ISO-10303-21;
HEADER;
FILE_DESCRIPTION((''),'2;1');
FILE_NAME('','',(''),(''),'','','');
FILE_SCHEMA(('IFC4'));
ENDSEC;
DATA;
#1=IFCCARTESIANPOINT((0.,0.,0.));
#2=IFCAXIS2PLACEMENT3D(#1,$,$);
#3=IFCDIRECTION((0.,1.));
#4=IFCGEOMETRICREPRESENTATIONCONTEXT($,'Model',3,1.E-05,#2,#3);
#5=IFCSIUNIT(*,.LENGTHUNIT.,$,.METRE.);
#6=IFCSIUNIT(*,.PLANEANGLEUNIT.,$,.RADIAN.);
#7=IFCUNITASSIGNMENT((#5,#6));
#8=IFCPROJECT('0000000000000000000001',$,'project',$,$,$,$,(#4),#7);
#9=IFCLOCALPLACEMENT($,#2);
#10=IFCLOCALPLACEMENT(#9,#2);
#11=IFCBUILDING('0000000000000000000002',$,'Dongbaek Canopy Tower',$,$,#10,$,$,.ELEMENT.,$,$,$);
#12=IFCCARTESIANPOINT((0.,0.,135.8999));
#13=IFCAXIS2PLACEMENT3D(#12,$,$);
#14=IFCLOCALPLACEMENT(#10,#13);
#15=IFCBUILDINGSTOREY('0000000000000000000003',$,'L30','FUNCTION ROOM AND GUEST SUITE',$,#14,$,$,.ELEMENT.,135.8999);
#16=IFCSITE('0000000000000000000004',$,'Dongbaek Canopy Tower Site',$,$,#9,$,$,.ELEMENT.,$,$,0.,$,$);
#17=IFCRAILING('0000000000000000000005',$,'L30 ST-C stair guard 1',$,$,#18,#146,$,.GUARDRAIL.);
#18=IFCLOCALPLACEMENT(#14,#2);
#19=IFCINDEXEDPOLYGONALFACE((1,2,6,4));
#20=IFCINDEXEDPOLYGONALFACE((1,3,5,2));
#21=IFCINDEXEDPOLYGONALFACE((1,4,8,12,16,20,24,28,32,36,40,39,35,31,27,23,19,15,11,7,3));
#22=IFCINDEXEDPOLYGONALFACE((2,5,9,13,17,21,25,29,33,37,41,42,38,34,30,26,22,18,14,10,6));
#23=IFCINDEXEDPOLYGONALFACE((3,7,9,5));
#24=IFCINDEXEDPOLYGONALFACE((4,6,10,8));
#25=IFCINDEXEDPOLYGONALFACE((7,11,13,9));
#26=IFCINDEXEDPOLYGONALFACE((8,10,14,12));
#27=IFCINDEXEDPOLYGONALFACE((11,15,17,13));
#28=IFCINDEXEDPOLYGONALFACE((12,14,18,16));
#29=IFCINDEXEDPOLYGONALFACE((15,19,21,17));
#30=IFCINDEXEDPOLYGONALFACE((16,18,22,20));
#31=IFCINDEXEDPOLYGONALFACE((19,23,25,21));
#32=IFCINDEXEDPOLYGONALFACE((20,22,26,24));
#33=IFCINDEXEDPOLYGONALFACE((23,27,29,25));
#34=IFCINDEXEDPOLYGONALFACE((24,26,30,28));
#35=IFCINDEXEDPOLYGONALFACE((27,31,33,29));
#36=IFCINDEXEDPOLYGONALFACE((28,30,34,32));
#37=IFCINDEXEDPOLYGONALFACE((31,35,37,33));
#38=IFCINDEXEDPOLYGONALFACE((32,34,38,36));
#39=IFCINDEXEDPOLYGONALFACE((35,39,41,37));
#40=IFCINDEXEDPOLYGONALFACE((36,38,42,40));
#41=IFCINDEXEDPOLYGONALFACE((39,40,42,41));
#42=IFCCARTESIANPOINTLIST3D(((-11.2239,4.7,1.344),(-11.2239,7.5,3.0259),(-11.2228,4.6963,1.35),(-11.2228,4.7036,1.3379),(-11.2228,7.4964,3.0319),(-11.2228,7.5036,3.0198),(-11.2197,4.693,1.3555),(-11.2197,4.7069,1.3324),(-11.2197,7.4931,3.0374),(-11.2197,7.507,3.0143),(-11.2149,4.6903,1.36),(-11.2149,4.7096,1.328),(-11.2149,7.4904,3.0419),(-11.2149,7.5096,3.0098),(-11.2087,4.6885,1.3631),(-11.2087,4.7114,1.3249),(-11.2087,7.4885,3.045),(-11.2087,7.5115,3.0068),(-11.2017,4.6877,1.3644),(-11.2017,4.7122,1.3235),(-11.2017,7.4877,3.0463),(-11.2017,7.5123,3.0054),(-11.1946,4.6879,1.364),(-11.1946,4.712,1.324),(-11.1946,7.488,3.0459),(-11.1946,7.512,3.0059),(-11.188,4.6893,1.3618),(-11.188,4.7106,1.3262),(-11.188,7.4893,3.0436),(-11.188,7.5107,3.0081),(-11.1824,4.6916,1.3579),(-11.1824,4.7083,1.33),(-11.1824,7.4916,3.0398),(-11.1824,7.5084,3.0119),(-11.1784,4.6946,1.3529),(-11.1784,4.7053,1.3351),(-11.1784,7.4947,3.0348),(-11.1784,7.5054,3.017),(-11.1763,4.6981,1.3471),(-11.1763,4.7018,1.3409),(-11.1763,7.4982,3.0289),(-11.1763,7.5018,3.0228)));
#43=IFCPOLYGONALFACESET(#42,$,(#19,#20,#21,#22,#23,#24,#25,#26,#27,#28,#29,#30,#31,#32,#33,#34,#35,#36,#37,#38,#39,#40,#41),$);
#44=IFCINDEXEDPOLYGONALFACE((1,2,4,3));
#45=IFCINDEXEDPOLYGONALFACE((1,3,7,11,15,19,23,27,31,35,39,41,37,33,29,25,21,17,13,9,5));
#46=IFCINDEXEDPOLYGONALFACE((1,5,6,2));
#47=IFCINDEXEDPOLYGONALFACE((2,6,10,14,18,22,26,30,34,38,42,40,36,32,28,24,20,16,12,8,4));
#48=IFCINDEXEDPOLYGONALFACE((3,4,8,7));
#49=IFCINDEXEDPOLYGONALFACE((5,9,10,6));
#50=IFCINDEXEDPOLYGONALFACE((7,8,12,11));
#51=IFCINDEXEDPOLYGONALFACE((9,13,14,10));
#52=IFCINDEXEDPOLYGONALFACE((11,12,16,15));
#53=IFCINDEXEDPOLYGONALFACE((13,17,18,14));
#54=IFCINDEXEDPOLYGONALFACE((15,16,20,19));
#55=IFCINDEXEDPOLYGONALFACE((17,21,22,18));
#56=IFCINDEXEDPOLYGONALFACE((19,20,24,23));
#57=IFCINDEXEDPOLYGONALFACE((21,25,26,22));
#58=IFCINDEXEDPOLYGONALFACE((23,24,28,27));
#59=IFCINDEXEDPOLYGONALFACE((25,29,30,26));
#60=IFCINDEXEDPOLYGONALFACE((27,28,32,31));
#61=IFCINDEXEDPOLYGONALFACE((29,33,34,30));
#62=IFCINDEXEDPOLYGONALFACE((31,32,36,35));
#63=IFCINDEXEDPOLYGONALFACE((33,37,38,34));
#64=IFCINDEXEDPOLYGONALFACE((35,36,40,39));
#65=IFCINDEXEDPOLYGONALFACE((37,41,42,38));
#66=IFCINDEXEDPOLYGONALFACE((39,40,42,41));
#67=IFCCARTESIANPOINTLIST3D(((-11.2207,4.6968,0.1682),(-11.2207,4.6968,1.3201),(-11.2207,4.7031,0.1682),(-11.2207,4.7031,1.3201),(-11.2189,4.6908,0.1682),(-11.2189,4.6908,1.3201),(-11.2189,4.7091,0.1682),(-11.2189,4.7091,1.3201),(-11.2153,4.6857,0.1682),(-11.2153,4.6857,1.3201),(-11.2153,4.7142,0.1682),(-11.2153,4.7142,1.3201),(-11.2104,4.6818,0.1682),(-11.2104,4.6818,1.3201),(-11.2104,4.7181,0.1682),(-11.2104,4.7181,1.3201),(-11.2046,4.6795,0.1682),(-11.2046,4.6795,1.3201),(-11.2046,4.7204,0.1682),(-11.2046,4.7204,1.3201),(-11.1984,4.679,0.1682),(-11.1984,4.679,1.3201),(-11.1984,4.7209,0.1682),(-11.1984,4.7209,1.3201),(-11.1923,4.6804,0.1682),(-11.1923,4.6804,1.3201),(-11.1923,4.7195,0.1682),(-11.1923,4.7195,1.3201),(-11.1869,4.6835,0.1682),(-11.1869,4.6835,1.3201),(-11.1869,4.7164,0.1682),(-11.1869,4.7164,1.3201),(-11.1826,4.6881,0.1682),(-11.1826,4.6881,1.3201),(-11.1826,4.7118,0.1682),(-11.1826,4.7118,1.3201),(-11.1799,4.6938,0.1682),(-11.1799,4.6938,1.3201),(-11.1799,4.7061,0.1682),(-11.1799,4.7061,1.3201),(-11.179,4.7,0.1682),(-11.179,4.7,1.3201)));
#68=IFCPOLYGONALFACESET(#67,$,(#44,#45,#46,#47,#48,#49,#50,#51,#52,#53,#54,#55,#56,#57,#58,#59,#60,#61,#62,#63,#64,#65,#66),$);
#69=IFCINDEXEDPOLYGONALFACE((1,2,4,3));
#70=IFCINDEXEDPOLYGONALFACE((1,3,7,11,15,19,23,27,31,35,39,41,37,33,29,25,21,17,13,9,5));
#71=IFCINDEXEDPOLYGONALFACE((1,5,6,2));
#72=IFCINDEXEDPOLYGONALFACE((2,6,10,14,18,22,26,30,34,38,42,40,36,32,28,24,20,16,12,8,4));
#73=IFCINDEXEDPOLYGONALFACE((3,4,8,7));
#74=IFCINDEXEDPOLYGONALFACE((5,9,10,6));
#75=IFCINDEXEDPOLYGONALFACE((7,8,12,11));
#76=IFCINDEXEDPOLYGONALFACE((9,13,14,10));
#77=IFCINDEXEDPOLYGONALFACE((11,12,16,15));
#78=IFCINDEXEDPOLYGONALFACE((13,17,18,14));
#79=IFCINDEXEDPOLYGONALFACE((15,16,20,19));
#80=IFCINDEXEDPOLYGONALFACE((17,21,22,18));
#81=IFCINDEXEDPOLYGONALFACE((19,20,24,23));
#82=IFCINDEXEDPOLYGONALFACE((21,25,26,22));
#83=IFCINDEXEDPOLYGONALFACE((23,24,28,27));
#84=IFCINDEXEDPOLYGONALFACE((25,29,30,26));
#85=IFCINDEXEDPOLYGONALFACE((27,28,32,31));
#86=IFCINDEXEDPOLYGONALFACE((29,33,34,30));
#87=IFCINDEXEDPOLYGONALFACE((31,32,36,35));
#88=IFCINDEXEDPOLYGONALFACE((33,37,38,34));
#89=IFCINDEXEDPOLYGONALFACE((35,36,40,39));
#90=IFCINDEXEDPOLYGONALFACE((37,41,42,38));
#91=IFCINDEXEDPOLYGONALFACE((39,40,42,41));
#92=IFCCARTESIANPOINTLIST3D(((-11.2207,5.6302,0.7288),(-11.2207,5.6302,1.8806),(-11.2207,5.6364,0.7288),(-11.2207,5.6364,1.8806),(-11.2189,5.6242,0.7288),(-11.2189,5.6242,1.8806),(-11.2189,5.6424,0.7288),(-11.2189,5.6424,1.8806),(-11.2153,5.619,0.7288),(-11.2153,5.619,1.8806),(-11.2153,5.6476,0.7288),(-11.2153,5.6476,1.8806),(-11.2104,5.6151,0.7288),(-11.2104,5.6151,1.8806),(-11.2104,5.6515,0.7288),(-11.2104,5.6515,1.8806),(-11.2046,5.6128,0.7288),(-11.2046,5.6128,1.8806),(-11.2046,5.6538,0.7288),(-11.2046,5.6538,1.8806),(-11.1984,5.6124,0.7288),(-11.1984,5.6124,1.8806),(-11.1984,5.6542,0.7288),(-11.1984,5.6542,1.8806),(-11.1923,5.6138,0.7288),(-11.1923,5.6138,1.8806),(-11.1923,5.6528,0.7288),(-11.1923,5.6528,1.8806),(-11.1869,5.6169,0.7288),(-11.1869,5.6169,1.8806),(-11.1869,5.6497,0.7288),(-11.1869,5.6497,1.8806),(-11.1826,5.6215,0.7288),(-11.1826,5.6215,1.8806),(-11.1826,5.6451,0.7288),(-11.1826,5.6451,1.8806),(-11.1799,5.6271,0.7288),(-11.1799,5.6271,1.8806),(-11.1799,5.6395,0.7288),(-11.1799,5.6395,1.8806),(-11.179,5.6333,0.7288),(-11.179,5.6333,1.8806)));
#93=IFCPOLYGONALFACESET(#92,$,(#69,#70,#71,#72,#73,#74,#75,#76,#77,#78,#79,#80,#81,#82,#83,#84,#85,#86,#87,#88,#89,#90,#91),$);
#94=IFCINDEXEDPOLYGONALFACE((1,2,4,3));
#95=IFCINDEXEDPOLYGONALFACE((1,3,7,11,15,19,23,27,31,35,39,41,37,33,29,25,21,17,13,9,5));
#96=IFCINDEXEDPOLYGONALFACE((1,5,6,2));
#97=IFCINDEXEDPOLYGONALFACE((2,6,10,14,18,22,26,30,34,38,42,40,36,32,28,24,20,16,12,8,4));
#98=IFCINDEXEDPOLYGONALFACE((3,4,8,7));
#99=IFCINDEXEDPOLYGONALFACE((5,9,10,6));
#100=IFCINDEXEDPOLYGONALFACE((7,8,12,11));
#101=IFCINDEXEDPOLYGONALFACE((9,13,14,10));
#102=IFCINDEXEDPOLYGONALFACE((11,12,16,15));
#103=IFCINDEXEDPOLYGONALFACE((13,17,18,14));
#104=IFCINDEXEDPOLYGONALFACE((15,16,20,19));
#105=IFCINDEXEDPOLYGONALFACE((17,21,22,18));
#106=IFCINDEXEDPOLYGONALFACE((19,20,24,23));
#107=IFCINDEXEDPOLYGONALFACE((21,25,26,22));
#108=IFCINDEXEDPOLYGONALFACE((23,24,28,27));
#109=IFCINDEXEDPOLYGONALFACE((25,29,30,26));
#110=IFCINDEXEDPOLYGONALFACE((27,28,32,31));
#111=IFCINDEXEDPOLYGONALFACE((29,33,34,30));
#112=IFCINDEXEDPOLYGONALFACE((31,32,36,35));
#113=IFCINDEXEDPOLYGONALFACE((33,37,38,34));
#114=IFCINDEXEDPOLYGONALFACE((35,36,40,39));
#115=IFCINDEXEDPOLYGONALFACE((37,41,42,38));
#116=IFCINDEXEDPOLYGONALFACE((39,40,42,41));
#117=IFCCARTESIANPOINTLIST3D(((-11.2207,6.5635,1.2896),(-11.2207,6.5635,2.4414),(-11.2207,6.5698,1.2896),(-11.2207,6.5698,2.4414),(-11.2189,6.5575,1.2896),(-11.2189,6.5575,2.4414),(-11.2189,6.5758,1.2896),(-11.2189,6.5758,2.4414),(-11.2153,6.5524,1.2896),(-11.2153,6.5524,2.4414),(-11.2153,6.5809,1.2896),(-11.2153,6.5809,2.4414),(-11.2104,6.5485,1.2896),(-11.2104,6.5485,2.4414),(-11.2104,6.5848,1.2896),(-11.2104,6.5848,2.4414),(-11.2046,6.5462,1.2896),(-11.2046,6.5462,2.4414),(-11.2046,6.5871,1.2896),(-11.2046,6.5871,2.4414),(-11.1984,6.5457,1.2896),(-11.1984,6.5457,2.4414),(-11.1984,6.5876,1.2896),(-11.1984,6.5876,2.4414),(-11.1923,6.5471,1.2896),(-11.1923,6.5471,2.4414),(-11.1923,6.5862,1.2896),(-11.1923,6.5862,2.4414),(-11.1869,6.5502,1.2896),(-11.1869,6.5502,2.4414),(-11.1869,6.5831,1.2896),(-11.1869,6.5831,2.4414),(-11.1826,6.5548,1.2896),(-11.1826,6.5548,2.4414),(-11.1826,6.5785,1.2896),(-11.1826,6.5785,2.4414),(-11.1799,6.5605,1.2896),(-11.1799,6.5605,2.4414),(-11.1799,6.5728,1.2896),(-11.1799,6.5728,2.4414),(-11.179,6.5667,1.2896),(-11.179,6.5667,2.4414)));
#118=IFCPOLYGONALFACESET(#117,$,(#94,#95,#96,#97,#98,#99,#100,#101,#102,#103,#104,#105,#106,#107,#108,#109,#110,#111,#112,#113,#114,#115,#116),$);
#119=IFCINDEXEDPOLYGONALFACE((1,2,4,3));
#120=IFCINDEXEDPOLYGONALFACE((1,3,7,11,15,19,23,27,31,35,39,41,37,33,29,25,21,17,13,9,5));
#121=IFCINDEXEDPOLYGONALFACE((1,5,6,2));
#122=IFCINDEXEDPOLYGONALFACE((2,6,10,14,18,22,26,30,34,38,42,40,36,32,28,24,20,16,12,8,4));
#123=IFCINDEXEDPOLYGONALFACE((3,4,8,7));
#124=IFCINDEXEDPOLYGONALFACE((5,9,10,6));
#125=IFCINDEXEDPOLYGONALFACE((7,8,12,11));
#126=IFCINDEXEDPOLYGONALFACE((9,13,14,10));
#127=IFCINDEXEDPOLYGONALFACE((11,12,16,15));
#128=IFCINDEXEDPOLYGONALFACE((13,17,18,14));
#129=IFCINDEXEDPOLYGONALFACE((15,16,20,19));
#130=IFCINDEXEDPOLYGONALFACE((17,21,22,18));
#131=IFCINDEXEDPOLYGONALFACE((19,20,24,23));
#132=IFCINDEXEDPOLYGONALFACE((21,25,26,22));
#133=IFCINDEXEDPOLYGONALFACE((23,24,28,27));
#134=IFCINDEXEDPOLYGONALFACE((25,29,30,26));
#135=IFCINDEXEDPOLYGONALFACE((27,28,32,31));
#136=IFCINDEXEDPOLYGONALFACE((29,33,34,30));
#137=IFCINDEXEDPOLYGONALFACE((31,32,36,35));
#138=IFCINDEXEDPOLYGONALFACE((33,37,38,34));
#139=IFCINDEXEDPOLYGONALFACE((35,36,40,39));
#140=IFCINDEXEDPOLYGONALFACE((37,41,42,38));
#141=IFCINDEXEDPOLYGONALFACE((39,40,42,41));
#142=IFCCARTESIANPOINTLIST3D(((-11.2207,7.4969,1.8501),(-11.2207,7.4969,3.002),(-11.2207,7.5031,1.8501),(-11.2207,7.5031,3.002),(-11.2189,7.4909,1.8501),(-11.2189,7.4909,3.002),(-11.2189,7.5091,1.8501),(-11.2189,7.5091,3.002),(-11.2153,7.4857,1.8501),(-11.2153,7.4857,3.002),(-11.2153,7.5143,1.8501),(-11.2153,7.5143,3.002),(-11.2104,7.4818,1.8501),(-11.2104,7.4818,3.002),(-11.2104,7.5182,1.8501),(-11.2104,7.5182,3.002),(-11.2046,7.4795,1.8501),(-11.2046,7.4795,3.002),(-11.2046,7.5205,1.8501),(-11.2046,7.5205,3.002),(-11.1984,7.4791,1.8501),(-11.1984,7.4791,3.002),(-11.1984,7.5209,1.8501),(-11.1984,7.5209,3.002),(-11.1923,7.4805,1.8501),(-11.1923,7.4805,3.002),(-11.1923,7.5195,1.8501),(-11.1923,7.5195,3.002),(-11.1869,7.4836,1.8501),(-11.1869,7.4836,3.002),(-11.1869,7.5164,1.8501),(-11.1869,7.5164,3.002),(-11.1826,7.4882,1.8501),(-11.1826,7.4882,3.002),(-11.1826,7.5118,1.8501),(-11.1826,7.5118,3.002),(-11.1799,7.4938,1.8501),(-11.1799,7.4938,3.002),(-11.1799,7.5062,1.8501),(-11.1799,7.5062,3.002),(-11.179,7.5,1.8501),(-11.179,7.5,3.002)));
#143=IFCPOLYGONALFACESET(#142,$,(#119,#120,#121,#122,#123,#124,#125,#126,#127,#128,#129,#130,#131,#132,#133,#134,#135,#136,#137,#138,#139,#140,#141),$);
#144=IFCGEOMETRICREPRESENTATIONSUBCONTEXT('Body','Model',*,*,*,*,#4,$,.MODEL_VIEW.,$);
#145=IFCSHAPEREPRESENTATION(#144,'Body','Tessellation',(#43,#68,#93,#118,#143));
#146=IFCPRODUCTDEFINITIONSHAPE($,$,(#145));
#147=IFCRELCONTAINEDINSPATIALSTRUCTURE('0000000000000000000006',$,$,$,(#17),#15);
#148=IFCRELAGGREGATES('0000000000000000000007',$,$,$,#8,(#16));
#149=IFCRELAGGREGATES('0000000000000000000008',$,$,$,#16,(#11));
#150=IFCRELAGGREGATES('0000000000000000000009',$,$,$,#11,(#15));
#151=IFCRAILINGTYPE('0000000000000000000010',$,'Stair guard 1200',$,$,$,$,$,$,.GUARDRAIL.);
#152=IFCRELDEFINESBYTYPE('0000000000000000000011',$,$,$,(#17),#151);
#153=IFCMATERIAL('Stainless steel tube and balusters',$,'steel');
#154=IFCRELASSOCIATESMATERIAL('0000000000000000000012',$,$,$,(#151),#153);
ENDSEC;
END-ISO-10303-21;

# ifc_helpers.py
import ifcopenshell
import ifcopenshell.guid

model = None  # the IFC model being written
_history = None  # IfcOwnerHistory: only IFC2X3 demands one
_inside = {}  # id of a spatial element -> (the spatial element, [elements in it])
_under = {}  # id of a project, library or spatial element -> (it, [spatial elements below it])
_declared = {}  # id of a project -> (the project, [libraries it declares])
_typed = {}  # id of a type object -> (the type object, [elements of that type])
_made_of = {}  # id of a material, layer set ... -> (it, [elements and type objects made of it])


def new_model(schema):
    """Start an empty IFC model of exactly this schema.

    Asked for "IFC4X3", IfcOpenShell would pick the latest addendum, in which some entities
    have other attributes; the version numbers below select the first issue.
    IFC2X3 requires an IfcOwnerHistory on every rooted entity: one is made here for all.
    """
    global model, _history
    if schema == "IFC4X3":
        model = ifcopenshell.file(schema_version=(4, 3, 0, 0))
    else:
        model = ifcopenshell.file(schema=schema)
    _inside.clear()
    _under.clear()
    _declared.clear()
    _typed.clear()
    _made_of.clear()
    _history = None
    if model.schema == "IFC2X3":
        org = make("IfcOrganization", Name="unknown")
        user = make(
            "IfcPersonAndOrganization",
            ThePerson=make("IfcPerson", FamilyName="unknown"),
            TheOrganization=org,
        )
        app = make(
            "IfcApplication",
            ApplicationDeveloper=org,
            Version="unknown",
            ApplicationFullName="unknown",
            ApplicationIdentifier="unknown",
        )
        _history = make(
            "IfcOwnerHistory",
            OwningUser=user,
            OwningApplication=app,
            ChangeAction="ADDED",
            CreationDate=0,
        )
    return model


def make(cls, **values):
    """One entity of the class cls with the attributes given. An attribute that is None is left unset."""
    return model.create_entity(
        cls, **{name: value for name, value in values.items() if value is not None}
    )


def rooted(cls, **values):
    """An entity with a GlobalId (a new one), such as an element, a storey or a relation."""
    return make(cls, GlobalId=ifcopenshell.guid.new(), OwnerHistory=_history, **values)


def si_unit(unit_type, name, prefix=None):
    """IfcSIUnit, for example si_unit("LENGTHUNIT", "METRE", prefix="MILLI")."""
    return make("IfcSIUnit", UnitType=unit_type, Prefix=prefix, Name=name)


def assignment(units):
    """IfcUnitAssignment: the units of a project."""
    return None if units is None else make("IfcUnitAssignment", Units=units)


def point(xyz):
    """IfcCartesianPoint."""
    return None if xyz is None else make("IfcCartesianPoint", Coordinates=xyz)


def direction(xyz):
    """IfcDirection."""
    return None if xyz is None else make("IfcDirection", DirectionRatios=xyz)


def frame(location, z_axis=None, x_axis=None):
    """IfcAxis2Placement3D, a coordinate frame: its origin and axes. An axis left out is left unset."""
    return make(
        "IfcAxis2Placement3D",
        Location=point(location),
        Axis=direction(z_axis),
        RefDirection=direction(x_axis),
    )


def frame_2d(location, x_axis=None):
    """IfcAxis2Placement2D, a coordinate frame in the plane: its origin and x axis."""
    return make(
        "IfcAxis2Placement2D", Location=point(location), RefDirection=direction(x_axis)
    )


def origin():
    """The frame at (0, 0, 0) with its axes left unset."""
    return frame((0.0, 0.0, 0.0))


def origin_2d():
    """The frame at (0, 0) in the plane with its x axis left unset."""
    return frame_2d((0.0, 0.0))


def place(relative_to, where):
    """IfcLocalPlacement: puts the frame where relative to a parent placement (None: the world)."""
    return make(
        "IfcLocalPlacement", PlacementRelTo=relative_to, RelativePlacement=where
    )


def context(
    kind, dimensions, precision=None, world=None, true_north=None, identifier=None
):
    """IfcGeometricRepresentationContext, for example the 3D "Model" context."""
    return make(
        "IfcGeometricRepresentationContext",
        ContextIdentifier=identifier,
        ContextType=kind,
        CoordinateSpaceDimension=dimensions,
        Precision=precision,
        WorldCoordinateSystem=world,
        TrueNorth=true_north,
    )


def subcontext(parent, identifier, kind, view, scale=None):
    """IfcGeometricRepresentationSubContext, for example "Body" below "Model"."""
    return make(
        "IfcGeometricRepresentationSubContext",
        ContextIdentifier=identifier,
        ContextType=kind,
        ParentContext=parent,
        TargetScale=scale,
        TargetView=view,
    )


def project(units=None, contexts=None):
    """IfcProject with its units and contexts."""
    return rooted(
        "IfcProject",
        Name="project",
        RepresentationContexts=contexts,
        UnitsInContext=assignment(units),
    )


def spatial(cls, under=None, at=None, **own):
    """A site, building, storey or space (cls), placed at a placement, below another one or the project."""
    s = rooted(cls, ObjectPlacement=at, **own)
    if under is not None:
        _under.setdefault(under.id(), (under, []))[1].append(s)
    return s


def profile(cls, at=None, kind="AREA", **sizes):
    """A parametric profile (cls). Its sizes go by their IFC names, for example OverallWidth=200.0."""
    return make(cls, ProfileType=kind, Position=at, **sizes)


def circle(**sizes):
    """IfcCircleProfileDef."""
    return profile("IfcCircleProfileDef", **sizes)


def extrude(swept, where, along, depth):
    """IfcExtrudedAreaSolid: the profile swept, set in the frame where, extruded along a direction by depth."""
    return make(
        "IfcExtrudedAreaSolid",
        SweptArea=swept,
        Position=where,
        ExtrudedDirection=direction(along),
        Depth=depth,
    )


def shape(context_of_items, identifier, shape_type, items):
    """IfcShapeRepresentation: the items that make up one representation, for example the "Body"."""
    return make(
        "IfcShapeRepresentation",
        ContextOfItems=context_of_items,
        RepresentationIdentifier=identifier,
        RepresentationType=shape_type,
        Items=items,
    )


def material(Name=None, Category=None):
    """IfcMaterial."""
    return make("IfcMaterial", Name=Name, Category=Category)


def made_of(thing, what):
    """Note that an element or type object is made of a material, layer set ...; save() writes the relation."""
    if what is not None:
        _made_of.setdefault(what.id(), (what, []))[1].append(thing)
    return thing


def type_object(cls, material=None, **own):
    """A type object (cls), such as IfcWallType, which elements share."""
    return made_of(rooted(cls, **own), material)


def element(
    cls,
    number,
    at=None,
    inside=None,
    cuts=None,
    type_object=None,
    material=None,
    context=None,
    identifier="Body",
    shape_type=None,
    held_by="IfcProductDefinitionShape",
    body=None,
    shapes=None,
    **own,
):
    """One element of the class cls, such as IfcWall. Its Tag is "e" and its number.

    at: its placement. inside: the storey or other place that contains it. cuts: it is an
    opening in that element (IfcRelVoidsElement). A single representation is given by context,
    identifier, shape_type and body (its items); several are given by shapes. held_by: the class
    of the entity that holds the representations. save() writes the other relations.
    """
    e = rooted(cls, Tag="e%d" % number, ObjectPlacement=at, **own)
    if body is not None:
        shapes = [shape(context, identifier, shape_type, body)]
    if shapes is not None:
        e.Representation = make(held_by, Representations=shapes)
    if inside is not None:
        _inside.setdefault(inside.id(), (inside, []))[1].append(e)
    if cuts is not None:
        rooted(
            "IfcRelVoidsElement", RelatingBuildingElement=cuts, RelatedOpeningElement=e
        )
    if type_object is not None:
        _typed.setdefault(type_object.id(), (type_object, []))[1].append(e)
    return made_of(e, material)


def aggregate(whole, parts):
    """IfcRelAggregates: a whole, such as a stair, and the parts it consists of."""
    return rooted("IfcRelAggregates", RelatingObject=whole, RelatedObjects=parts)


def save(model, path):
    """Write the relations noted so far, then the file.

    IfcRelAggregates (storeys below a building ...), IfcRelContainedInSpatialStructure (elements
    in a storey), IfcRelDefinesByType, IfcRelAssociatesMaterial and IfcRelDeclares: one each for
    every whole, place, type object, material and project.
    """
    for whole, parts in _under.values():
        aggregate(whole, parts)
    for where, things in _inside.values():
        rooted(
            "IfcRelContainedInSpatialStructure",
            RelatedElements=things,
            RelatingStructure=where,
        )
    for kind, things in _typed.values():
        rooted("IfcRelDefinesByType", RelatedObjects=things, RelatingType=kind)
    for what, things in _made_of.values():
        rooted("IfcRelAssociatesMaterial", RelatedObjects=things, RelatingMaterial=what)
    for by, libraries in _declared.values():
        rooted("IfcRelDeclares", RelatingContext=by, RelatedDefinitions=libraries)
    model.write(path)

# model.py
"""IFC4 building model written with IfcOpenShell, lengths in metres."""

from ifc_helpers import new_model, si_unit, direction, frame, origin, origin_2d, place, context, subcontext, project, spatial, circle, extrude, material, type_object, element, save


model = new_model("IFC4")

# Units and contexts
model_context = context("Model", 3, precision=1e-05, world=origin(), true_north=direction((0.0, 1.0)))
body_context = subcontext(model_context, "Body", "Model", "MODEL_VIEW")
ifc_project = project(units=[si_unit("LENGTHUNIT", "METRE"), si_unit("PLANEANGLEUNIT", "RADIAN")], contexts=[model_context])

# Site, building, storey
site_placement = place(None, origin())
site = spatial("IfcSite", under=ifc_project, at=site_placement, Name="Dongbaek Canopy Tower Site", CompositionType="ELEMENT", RefElevation=0.0)
building_placement = place(site_placement, origin())
building = spatial("IfcBuilding", under=site, at=building_placement, Name="Dongbaek Canopy Tower", CompositionType="ELEMENT")
storey_placement = place(building_placement, frame((0.0, 0.0, 135.8999)))
storey = spatial("IfcBuildingStorey", under=building, at=storey_placement, Name="L30", Description="FUNCTION ROOM AND GUEST SUITE", CompositionType="ELEMENT", Elevation=135.8999)

# Railing
ifc_material_1 = material(Name="Stainless steel tube and balusters", Category="steel")
railing_type_1 = type_object("IfcRailingType", Name="Stair guard 1200", PredefinedType="GUARDRAIL", material=ifc_material_1)
railing_1_placement = place(storey_placement, frame((-11.2, 4.7, 0.1682)))
element("IfcRailing", 1, at=railing_1_placement, inside=storey, type_object=railing_type_1, Name="L30 ST-C stair guard 1", PredefinedType="GUARDRAIL", context=body_context, shape_type="SweptSolid", body=[
    extrude(circle(Radius=0.0239, at=origin_2d()), frame((0.0, 0.0, 1.1758), z_axis=(0.0, 0.857242, 0.514913), x_axis=(-1.0, 0.0, 0.0)), (0.0, 0.0, 1.0), 3.2664),
    extrude(circle(Radius=0.021, at=origin_2d()), origin(), (0.0, 0.0, 1.0), 1.1519),
    extrude(circle(Radius=0.021, at=origin_2d()), frame((0.0, 0.9333, 0.5605)), (0.0, 0.0, 1.0), 1.1519),
    extrude(circle(Radius=0.021, at=origin_2d()), frame((0.0, 1.8667, 1.1213)), (0.0, 0.0, 1.0), 1.1519),
    extrude(circle(Radius=0.021, at=origin_2d()), frame((0.0, 2.8, 1.6819)), (0.0, 0.0, 1.0), 1.1519),
])

save(model, "model.ifc")
